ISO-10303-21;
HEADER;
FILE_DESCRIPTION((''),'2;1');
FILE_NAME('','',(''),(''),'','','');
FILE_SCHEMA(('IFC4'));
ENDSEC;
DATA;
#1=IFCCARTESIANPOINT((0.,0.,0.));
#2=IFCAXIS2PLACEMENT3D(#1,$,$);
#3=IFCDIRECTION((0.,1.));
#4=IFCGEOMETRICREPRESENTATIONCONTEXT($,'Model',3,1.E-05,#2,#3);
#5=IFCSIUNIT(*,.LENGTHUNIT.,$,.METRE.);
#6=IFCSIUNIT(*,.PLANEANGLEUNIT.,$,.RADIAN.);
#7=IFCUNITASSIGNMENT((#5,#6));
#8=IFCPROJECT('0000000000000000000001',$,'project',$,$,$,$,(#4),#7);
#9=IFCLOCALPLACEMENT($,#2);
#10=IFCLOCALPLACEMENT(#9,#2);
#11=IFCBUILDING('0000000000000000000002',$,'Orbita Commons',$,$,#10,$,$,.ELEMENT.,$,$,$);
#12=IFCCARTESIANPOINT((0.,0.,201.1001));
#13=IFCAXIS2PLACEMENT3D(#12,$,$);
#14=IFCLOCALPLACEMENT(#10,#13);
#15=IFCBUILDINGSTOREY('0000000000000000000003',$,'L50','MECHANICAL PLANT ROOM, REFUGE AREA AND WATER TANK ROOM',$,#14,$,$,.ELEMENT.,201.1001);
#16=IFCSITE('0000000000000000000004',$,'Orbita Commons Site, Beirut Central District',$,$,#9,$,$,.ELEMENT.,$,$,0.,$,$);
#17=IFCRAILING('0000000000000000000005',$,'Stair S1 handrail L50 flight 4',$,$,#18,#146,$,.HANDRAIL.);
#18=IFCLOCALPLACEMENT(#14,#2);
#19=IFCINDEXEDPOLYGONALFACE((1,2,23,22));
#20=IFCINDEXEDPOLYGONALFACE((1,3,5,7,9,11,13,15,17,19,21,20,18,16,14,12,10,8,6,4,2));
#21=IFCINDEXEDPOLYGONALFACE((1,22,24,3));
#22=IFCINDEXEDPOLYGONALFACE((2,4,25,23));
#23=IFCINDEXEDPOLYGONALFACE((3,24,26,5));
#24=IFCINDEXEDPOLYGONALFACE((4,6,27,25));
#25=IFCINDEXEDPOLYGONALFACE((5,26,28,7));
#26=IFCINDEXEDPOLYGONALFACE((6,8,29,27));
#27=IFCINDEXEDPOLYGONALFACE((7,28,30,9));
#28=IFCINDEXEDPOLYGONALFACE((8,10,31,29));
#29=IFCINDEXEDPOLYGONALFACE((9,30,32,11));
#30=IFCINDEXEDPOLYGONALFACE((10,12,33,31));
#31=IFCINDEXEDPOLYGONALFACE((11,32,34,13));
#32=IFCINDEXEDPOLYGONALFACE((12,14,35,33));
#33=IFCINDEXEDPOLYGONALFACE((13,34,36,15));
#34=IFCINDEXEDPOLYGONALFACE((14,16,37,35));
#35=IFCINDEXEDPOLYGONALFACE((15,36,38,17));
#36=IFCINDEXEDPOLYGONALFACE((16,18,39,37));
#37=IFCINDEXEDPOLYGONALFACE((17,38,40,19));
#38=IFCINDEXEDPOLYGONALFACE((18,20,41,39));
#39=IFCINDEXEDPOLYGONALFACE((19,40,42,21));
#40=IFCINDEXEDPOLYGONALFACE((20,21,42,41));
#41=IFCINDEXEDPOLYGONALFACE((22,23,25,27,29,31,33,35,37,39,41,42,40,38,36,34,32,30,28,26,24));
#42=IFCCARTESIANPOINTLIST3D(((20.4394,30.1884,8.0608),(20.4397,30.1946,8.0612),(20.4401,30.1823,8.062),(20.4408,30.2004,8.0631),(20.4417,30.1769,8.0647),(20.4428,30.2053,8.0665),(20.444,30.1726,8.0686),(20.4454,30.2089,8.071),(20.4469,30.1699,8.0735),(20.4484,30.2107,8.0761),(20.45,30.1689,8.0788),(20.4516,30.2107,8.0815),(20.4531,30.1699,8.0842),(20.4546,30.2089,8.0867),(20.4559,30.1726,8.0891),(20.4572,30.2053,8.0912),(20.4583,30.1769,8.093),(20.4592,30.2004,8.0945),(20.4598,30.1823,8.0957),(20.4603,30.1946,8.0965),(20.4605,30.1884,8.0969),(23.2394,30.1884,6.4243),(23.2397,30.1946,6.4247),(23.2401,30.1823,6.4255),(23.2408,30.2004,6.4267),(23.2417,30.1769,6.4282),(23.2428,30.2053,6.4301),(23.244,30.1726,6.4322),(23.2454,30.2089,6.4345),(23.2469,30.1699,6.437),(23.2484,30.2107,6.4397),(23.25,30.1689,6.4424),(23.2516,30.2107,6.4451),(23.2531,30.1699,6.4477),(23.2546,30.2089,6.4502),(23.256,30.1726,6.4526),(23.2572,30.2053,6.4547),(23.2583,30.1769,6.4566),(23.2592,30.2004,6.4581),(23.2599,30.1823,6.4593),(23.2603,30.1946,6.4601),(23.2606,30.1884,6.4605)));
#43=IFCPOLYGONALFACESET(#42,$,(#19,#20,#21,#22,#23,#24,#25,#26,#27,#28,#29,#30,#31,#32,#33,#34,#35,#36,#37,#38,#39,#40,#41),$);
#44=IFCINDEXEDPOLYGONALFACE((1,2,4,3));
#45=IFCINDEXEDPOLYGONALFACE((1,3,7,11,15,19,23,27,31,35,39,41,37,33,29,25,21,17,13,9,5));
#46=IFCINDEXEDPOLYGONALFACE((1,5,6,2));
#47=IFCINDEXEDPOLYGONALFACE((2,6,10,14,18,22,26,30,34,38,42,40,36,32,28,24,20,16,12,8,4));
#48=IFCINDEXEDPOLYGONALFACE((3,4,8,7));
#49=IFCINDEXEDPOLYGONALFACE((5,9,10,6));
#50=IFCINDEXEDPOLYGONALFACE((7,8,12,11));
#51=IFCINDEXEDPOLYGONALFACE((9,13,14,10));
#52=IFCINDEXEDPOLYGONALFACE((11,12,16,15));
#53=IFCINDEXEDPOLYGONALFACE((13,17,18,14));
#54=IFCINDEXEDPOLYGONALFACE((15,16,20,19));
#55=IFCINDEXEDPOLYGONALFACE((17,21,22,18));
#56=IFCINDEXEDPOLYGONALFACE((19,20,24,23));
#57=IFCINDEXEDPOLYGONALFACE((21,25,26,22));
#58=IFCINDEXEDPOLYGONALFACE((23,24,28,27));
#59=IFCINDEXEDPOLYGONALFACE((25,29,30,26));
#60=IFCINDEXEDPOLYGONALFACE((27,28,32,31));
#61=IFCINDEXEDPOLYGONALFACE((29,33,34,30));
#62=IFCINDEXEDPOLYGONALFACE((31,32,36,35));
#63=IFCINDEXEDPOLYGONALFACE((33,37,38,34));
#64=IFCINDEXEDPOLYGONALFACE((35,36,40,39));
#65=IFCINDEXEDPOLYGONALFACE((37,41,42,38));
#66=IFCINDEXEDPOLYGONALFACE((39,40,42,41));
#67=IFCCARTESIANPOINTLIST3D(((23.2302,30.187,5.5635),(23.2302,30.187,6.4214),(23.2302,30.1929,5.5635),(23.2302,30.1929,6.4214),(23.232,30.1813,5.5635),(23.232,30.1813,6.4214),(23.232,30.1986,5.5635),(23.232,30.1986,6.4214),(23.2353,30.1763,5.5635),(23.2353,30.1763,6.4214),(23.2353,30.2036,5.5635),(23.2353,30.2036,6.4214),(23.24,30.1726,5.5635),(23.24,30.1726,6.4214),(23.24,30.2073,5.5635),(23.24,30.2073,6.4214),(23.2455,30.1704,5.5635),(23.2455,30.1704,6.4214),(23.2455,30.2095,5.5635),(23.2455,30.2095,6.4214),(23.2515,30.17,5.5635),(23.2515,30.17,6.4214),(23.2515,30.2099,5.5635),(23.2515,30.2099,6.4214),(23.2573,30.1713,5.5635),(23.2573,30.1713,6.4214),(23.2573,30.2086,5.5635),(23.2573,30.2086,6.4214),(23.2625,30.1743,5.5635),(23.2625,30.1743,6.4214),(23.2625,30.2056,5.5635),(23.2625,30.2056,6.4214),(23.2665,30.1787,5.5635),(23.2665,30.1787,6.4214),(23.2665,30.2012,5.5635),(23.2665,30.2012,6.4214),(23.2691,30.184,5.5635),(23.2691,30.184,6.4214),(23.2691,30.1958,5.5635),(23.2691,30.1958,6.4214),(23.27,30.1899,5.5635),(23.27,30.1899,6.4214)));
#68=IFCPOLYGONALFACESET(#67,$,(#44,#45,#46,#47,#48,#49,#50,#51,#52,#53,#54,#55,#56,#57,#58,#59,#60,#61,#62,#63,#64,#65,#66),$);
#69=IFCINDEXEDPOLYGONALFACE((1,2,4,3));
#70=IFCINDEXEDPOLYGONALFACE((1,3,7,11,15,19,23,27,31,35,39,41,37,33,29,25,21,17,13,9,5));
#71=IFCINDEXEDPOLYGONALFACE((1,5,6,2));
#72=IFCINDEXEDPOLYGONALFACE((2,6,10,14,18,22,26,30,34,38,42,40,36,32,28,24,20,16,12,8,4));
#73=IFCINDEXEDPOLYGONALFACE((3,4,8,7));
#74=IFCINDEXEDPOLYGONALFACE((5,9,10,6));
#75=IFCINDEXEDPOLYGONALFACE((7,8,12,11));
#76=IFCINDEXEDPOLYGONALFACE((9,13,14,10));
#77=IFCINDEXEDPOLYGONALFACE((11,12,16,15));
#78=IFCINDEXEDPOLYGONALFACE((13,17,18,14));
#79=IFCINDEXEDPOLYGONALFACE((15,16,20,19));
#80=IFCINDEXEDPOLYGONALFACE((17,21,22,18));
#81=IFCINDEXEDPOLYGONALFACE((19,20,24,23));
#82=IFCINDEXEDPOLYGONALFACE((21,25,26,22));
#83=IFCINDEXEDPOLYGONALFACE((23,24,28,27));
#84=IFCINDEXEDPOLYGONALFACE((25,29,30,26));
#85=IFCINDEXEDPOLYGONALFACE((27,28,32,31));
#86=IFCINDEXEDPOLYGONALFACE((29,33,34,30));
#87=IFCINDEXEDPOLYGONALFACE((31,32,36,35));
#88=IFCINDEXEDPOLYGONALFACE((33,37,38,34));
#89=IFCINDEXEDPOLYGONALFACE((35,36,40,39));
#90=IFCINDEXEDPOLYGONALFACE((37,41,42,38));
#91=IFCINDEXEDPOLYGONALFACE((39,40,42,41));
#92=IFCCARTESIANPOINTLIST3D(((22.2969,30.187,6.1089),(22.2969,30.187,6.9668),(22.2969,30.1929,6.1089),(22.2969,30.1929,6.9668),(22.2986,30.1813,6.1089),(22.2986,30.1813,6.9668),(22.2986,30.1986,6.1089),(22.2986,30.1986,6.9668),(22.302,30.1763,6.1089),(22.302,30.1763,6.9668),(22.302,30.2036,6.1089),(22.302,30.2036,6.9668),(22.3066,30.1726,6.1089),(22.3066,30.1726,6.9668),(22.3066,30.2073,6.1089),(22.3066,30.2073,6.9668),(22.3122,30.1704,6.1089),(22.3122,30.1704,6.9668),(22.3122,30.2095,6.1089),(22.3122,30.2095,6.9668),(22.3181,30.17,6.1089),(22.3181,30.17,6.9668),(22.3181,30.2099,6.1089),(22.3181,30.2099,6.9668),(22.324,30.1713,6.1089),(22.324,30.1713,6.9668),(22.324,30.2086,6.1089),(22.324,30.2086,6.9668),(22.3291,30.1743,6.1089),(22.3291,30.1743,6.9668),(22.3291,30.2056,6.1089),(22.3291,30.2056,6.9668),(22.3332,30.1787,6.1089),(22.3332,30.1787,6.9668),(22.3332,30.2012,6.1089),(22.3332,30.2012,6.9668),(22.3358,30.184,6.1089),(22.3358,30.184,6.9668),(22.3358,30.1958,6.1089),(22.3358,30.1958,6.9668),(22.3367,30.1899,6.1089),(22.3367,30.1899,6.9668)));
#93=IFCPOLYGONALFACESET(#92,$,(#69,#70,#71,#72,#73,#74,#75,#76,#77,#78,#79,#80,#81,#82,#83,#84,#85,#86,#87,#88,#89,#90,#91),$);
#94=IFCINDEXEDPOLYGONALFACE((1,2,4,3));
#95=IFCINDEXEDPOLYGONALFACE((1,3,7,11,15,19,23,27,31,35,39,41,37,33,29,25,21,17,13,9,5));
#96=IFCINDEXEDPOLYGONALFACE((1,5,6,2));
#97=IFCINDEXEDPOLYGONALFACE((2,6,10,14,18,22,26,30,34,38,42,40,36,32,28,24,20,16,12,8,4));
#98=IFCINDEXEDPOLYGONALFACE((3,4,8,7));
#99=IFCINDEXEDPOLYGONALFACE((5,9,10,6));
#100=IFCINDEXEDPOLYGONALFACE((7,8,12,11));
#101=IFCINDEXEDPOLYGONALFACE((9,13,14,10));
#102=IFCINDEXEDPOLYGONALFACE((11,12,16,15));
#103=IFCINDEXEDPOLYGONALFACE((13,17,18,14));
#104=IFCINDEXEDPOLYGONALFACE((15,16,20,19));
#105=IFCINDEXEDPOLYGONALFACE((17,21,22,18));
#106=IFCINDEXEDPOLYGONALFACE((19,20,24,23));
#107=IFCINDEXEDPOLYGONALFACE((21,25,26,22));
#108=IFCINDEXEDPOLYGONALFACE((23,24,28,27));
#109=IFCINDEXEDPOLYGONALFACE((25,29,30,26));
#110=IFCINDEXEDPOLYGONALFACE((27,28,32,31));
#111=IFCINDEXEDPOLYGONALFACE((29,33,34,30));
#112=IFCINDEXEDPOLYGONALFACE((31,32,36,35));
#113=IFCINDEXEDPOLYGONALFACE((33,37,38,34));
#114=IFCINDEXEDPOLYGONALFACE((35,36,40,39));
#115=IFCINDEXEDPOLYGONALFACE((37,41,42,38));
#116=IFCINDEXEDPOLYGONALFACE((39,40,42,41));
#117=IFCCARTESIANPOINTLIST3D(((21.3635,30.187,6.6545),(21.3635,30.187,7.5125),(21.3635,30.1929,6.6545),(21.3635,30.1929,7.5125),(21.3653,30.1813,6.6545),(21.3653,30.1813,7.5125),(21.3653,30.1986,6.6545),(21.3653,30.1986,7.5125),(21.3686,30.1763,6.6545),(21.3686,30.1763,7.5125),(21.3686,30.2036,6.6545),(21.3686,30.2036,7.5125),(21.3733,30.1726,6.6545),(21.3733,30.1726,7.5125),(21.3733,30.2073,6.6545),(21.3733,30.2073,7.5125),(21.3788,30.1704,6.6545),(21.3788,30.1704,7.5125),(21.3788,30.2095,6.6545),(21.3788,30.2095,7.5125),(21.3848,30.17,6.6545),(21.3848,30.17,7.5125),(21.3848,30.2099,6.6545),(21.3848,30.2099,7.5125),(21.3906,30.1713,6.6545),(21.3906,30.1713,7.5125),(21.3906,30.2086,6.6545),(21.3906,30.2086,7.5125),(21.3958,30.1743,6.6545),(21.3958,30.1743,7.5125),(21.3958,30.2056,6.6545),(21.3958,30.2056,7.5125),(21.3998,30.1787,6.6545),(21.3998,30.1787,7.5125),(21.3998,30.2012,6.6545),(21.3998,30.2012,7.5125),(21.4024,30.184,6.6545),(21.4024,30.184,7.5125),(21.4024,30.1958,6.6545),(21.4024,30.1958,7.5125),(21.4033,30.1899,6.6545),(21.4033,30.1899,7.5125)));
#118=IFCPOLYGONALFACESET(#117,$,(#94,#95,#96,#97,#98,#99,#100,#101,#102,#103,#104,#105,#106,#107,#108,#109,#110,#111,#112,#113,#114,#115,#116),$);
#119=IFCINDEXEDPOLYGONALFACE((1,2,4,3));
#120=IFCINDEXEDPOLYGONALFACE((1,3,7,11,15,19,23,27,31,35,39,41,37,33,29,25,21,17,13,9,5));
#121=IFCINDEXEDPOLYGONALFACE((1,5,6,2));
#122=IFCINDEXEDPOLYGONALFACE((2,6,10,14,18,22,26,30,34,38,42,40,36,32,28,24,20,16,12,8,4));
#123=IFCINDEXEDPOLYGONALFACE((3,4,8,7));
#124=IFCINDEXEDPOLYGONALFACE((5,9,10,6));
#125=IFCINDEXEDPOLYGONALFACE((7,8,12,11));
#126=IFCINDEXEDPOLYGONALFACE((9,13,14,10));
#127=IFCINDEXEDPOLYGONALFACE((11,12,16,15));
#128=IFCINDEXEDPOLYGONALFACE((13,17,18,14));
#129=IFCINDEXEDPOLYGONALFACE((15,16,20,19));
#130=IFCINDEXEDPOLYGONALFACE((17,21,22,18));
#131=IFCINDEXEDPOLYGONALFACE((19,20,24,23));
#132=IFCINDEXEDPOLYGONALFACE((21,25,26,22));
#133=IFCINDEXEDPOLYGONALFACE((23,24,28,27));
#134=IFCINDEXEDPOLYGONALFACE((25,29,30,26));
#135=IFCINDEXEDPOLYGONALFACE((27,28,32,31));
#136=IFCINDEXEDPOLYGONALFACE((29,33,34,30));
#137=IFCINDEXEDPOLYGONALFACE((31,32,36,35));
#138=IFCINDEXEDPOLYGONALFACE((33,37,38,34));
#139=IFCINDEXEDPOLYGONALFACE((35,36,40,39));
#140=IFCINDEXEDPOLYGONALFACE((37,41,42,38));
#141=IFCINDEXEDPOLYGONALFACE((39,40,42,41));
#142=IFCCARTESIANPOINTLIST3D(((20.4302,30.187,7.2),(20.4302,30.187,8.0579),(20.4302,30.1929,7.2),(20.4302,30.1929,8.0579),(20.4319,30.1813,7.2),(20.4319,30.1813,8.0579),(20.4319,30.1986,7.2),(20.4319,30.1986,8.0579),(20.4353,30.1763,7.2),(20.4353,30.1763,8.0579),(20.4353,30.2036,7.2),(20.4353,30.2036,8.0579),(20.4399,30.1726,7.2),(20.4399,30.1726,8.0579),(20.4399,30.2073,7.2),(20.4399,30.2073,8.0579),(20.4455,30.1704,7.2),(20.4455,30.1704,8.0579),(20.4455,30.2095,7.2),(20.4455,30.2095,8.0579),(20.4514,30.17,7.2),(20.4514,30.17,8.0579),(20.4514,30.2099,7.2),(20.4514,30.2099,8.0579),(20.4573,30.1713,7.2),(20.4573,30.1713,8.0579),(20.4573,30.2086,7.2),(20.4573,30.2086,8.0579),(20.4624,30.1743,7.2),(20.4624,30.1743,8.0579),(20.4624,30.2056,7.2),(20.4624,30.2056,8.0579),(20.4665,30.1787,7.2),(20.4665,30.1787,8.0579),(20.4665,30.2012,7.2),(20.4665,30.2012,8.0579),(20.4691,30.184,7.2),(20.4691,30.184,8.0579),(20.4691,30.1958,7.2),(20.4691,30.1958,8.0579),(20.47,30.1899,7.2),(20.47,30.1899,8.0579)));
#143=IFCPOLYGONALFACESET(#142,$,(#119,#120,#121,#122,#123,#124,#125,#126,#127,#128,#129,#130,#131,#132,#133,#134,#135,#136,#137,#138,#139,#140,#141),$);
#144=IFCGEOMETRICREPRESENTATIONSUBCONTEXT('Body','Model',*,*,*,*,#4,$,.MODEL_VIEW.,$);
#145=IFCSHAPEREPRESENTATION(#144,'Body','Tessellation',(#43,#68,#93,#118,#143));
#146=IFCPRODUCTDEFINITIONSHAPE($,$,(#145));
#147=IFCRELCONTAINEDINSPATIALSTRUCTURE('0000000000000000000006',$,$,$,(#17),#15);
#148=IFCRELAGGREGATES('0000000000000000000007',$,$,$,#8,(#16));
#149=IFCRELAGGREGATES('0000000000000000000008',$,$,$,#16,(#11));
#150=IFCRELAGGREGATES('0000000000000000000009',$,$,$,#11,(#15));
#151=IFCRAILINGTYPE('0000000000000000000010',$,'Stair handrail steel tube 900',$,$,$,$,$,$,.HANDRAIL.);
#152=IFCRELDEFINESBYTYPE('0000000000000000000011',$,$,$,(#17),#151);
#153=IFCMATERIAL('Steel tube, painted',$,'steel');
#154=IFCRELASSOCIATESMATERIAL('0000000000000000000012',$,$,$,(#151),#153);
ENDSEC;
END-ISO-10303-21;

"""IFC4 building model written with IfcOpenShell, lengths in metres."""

from ifc_helpers import new_model, si_unit, direction, frame, origin, origin_2d, place, context, subcontext, project, spatial, circle, extrude, material, type_object, element, save


model = new_model("IFC4")

# Units and contexts
model_context = context("Model", 3, precision=1e-05, world=origin(), true_north=direction((0.0, 1.0)))
body_context = subcontext(model_context, "Body", "Model", "MODEL_VIEW")
ifc_project = project(units=[si_unit("LENGTHUNIT", "METRE"), si_unit("PLANEANGLEUNIT", "RADIAN")], contexts=[model_context])

# Site, building, storey
site_placement = place(None, origin())
site = spatial("IfcSite", under=ifc_project, at=site_placement, Name="Orbita Commons Site, Beirut Central District", CompositionType="ELEMENT", RefElevation=0.0)
building_placement = place(site_placement, origin())
building = spatial("IfcBuilding", under=site, at=building_placement, Name="Orbita Commons", CompositionType="ELEMENT")
storey_placement = place(building_placement, frame((0.0, 0.0, 201.1001)))
storey = spatial("IfcBuildingStorey", under=building, at=storey_placement, Name="L50", Description="MECHANICAL PLANT ROOM, REFUGE AREA AND WATER TANK ROOM", CompositionType="ELEMENT", Elevation=201.1001)

# Railing
ifc_material = material(Name="Steel tube, painted", Category="steel")
railing_type = type_object("IfcRailingType", Name="Stair handrail steel tube 900", PredefinedType="HANDRAIL", material=ifc_material)
for number, where, name in (
    (1, (23.25, 30.1899, 5.5635), "Stair S1 handrail L50 flight 4"),
):
    element("IfcRailing", number, at=place(storey_placement, frame(where)), inside=storey, type_object=railing_type, Name=name, PredefinedType="HANDRAIL", context=body_context, shape_type="SweptSolid", body=[
        extrude(circle(Radius=0.021, at=origin_2d()), frame((0.0, 0.0, 0.8789), z_axis=(-0.863361, 0.0, 0.504587), x_axis=(0.0, -1.0, 0.0)), (0.0, 0.0, 1.0), 3.2432),
        extrude(circle(Radius=0.02, at=origin_2d()), origin(), (0.0, 0.0, 1.0), 0.8579),
        extrude(circle(Radius=0.02, at=origin_2d()), frame((-0.9333, 0.0, 0.5454)), (0.0, 0.0, 1.0), 0.8579),
        extrude(circle(Radius=0.02, at=origin_2d()), frame((-1.8667, 0.0, 1.0911)), (0.0, 0.0, 1.0), 0.8579),
        extrude(circle(Radius=0.02, at=origin_2d()), frame((-2.8, 0.0, 1.6365)), (0.0, 0.0, 1.0), 0.8579),
    ])

save(model, "model.ifc")
